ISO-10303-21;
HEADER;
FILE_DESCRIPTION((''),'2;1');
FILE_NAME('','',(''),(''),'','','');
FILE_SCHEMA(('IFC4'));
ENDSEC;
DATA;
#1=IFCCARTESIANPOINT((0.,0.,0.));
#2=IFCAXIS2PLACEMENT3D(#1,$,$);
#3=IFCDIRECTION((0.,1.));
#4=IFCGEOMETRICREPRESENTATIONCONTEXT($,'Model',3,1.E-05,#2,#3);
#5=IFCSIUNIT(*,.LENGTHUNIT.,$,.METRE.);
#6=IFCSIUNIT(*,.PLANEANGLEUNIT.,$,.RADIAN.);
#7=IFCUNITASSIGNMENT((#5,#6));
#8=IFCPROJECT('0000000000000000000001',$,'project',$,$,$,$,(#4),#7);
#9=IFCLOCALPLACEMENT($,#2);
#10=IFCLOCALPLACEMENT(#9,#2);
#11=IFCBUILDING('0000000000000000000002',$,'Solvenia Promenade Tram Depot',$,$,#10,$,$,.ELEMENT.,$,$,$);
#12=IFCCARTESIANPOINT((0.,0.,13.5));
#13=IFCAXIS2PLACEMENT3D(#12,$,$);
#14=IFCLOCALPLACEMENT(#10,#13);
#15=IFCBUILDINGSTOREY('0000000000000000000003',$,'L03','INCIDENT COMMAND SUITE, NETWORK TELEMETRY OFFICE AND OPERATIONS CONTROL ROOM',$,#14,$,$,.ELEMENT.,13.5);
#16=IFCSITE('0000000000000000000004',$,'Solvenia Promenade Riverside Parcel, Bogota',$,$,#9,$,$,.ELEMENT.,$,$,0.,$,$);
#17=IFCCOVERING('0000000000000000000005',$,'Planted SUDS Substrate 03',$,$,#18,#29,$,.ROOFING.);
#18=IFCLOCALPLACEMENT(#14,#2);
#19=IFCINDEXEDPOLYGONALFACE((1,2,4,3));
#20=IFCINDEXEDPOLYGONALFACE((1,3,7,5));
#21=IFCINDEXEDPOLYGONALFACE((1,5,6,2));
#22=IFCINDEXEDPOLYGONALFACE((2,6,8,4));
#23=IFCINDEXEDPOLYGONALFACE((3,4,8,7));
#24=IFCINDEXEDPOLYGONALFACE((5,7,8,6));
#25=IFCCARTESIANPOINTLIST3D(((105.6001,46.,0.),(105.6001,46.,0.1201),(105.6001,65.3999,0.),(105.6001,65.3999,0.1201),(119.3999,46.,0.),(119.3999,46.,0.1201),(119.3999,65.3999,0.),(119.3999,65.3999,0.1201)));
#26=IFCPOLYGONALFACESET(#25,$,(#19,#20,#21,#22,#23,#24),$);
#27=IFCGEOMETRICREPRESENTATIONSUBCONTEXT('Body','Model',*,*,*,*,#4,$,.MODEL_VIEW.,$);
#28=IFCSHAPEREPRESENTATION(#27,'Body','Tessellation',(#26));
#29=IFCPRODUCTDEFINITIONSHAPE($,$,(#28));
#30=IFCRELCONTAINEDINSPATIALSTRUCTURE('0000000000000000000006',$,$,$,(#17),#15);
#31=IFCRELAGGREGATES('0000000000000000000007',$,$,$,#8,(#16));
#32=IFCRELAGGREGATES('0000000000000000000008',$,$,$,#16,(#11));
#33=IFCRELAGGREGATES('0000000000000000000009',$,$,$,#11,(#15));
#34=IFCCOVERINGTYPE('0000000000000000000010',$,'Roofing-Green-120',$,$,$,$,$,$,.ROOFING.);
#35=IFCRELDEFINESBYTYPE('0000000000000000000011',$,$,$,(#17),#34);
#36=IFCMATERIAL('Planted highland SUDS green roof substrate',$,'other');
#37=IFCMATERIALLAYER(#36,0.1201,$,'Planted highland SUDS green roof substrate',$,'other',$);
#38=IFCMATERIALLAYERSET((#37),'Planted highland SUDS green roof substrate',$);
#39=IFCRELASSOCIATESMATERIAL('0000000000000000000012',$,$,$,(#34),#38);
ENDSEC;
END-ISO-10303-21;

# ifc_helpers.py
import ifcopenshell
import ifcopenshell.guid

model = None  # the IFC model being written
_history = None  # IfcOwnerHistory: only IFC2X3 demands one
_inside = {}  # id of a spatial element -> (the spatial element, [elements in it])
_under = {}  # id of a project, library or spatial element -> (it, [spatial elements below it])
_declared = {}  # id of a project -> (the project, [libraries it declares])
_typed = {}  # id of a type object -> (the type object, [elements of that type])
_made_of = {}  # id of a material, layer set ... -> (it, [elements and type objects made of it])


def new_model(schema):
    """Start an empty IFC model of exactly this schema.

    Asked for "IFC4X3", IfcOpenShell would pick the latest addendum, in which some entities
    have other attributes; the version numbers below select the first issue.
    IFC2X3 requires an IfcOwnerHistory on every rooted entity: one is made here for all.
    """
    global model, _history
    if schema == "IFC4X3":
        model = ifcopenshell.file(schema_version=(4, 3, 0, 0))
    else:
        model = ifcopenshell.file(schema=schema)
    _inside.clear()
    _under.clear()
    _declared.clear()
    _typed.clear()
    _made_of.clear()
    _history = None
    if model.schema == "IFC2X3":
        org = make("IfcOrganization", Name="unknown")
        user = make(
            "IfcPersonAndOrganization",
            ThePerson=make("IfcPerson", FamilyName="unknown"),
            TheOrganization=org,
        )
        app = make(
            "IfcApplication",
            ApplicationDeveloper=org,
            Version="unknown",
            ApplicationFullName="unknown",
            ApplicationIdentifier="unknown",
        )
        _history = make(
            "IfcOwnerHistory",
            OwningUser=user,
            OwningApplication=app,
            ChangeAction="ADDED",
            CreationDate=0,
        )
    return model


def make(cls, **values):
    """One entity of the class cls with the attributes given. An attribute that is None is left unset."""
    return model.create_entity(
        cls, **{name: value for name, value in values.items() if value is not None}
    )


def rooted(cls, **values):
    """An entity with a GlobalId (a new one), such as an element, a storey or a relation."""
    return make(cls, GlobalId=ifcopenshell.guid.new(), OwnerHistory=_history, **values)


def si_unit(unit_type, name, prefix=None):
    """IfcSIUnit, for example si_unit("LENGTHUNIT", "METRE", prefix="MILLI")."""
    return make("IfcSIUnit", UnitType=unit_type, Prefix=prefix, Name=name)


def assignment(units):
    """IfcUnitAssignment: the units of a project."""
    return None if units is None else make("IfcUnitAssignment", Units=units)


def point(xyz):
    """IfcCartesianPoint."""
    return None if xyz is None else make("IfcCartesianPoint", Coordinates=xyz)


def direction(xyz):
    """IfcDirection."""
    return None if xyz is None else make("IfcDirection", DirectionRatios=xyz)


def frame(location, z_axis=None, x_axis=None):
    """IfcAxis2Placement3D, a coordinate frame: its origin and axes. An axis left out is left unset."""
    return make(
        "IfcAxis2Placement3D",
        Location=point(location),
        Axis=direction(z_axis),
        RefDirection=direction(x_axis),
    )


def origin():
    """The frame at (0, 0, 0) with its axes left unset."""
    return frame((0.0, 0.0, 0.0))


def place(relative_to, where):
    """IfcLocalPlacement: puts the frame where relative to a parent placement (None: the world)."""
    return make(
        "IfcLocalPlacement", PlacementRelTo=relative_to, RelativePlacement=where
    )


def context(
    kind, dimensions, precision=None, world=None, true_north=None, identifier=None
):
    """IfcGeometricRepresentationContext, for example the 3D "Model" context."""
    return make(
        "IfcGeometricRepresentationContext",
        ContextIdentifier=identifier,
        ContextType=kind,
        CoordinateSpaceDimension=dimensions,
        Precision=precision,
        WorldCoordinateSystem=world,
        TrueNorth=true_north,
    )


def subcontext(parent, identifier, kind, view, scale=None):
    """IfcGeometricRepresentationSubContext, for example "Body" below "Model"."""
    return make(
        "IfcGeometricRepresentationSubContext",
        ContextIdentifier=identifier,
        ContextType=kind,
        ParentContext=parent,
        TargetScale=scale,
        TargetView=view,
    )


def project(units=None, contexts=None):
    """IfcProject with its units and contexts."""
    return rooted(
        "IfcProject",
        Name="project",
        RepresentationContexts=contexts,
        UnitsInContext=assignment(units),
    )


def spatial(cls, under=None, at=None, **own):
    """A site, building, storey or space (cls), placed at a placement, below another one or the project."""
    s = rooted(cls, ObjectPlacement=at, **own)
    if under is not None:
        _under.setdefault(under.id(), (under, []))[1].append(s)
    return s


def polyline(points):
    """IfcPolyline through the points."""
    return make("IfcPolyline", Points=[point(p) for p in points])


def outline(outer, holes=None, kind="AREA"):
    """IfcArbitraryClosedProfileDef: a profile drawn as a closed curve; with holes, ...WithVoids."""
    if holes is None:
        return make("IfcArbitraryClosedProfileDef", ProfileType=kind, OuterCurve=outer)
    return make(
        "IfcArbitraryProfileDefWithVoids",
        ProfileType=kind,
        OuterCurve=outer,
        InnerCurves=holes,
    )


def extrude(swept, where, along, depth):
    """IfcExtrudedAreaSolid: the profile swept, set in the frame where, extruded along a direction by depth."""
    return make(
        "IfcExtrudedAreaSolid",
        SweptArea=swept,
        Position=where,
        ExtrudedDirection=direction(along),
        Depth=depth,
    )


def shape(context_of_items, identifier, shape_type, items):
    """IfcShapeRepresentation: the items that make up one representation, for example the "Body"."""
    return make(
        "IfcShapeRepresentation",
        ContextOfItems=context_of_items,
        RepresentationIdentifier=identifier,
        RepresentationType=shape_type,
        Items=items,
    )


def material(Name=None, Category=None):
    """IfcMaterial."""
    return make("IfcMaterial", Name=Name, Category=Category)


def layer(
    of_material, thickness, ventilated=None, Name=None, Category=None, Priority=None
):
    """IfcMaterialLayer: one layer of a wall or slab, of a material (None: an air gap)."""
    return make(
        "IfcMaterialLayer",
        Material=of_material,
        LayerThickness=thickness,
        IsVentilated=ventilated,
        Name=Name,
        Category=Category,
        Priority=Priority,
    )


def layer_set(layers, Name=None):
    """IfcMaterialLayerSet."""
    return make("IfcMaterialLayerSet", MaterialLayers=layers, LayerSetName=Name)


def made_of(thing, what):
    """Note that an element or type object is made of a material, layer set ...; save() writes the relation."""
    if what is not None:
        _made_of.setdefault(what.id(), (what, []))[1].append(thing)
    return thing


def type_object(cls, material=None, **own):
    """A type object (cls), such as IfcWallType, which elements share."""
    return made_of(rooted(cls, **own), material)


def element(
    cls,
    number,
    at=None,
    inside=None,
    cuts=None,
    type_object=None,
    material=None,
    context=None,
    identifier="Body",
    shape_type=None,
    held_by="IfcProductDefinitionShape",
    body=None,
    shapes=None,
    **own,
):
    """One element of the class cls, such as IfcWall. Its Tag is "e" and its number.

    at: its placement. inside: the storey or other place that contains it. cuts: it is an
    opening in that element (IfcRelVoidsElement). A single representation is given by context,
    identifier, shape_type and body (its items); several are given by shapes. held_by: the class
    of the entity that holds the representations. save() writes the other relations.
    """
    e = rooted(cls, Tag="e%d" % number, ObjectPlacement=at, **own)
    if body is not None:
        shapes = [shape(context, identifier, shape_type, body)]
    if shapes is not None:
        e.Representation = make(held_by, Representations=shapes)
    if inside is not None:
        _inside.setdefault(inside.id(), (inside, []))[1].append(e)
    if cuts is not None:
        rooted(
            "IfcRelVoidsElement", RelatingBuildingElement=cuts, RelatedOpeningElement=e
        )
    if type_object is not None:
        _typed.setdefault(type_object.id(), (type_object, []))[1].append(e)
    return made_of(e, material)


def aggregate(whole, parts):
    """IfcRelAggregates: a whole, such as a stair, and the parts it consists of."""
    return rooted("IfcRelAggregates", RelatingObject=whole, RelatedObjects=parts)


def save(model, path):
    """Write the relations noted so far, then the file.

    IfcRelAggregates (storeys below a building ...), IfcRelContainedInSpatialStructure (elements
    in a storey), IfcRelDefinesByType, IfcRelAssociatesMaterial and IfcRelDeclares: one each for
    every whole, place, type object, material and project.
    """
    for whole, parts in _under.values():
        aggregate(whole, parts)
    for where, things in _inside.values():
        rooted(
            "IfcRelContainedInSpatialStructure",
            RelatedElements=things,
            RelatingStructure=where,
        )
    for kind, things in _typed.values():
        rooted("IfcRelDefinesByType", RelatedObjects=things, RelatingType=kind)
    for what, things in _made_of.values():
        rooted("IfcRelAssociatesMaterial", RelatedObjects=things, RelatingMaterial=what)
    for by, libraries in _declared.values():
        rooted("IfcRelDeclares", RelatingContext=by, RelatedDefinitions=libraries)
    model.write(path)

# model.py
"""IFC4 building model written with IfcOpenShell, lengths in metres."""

from ifc_helpers import new_model, si_unit, direction, frame, origin, place, context, subcontext, project, spatial, polyline, outline, extrude, material, layer, layer_set, type_object, element, save


model = new_model("IFC4")

# Units and contexts
model_context = context("Model", 3, precision=1e-05, world=origin(), true_north=direction((0.0, 1.0)))
body_context = subcontext(model_context, "Body", "Model", "MODEL_VIEW")
ifc_project = project(units=[si_unit("LENGTHUNIT", "METRE"), si_unit("PLANEANGLEUNIT", "RADIAN")], contexts=[model_context])

# Site, building, storey
site_placement = place(None, origin())
site = spatial("IfcSite", under=ifc_project, at=site_placement, Name="Solvenia Promenade Riverside Parcel, Bogota", CompositionType="ELEMENT", RefElevation=0.0)
building_placement = place(site_placement, origin())
building = spatial("IfcBuilding", under=site, at=building_placement, Name="Solvenia Promenade Tram Depot", CompositionType="ELEMENT")
storey_placement = place(building_placement, frame((0.0, 0.0, 13.5)))
storey = spatial("IfcBuildingStorey", under=building, at=storey_placement, Name="L03", Description="INCIDENT COMMAND SUITE, NETWORK TELEMETRY OFFICE AND OPERATIONS CONTROL ROOM", CompositionType="ELEMENT", Elevation=13.5)

# Covering
ifc_material_1 = material(Name="Planted highland SUDS green roof substrate", Category="other")
ifc_layer_1 = layer(ifc_material_1, 0.1201, Name="Planted highland SUDS green roof substrate", Category="other")
ifc_layer_set_1 = layer_set([ifc_layer_1], Name="Planted highland SUDS green roof substrate")
covering_type_1 = type_object("IfcCoveringType", Name="Roofing-Green-120", PredefinedType="ROOFING", material=ifc_layer_set_1)
covering_1_placement = place(storey_placement, origin())
element("IfcCovering", 1, at=covering_1_placement, inside=storey, type_object=covering_type_1, Name="Planted SUDS Substrate 03", PredefinedType="ROOFING", context=body_context, shape_type="SweptSolid", body=[
    extrude(outline(polyline([(105.6001, 46.0), (119.3999, 46.0), (119.3999, 65.3999), (105.6001, 65.3999), (105.6001, 46.0)])), origin(), (0.0, 0.0, 1.0), 0.1201),
])

save(model, "model.ifc")
